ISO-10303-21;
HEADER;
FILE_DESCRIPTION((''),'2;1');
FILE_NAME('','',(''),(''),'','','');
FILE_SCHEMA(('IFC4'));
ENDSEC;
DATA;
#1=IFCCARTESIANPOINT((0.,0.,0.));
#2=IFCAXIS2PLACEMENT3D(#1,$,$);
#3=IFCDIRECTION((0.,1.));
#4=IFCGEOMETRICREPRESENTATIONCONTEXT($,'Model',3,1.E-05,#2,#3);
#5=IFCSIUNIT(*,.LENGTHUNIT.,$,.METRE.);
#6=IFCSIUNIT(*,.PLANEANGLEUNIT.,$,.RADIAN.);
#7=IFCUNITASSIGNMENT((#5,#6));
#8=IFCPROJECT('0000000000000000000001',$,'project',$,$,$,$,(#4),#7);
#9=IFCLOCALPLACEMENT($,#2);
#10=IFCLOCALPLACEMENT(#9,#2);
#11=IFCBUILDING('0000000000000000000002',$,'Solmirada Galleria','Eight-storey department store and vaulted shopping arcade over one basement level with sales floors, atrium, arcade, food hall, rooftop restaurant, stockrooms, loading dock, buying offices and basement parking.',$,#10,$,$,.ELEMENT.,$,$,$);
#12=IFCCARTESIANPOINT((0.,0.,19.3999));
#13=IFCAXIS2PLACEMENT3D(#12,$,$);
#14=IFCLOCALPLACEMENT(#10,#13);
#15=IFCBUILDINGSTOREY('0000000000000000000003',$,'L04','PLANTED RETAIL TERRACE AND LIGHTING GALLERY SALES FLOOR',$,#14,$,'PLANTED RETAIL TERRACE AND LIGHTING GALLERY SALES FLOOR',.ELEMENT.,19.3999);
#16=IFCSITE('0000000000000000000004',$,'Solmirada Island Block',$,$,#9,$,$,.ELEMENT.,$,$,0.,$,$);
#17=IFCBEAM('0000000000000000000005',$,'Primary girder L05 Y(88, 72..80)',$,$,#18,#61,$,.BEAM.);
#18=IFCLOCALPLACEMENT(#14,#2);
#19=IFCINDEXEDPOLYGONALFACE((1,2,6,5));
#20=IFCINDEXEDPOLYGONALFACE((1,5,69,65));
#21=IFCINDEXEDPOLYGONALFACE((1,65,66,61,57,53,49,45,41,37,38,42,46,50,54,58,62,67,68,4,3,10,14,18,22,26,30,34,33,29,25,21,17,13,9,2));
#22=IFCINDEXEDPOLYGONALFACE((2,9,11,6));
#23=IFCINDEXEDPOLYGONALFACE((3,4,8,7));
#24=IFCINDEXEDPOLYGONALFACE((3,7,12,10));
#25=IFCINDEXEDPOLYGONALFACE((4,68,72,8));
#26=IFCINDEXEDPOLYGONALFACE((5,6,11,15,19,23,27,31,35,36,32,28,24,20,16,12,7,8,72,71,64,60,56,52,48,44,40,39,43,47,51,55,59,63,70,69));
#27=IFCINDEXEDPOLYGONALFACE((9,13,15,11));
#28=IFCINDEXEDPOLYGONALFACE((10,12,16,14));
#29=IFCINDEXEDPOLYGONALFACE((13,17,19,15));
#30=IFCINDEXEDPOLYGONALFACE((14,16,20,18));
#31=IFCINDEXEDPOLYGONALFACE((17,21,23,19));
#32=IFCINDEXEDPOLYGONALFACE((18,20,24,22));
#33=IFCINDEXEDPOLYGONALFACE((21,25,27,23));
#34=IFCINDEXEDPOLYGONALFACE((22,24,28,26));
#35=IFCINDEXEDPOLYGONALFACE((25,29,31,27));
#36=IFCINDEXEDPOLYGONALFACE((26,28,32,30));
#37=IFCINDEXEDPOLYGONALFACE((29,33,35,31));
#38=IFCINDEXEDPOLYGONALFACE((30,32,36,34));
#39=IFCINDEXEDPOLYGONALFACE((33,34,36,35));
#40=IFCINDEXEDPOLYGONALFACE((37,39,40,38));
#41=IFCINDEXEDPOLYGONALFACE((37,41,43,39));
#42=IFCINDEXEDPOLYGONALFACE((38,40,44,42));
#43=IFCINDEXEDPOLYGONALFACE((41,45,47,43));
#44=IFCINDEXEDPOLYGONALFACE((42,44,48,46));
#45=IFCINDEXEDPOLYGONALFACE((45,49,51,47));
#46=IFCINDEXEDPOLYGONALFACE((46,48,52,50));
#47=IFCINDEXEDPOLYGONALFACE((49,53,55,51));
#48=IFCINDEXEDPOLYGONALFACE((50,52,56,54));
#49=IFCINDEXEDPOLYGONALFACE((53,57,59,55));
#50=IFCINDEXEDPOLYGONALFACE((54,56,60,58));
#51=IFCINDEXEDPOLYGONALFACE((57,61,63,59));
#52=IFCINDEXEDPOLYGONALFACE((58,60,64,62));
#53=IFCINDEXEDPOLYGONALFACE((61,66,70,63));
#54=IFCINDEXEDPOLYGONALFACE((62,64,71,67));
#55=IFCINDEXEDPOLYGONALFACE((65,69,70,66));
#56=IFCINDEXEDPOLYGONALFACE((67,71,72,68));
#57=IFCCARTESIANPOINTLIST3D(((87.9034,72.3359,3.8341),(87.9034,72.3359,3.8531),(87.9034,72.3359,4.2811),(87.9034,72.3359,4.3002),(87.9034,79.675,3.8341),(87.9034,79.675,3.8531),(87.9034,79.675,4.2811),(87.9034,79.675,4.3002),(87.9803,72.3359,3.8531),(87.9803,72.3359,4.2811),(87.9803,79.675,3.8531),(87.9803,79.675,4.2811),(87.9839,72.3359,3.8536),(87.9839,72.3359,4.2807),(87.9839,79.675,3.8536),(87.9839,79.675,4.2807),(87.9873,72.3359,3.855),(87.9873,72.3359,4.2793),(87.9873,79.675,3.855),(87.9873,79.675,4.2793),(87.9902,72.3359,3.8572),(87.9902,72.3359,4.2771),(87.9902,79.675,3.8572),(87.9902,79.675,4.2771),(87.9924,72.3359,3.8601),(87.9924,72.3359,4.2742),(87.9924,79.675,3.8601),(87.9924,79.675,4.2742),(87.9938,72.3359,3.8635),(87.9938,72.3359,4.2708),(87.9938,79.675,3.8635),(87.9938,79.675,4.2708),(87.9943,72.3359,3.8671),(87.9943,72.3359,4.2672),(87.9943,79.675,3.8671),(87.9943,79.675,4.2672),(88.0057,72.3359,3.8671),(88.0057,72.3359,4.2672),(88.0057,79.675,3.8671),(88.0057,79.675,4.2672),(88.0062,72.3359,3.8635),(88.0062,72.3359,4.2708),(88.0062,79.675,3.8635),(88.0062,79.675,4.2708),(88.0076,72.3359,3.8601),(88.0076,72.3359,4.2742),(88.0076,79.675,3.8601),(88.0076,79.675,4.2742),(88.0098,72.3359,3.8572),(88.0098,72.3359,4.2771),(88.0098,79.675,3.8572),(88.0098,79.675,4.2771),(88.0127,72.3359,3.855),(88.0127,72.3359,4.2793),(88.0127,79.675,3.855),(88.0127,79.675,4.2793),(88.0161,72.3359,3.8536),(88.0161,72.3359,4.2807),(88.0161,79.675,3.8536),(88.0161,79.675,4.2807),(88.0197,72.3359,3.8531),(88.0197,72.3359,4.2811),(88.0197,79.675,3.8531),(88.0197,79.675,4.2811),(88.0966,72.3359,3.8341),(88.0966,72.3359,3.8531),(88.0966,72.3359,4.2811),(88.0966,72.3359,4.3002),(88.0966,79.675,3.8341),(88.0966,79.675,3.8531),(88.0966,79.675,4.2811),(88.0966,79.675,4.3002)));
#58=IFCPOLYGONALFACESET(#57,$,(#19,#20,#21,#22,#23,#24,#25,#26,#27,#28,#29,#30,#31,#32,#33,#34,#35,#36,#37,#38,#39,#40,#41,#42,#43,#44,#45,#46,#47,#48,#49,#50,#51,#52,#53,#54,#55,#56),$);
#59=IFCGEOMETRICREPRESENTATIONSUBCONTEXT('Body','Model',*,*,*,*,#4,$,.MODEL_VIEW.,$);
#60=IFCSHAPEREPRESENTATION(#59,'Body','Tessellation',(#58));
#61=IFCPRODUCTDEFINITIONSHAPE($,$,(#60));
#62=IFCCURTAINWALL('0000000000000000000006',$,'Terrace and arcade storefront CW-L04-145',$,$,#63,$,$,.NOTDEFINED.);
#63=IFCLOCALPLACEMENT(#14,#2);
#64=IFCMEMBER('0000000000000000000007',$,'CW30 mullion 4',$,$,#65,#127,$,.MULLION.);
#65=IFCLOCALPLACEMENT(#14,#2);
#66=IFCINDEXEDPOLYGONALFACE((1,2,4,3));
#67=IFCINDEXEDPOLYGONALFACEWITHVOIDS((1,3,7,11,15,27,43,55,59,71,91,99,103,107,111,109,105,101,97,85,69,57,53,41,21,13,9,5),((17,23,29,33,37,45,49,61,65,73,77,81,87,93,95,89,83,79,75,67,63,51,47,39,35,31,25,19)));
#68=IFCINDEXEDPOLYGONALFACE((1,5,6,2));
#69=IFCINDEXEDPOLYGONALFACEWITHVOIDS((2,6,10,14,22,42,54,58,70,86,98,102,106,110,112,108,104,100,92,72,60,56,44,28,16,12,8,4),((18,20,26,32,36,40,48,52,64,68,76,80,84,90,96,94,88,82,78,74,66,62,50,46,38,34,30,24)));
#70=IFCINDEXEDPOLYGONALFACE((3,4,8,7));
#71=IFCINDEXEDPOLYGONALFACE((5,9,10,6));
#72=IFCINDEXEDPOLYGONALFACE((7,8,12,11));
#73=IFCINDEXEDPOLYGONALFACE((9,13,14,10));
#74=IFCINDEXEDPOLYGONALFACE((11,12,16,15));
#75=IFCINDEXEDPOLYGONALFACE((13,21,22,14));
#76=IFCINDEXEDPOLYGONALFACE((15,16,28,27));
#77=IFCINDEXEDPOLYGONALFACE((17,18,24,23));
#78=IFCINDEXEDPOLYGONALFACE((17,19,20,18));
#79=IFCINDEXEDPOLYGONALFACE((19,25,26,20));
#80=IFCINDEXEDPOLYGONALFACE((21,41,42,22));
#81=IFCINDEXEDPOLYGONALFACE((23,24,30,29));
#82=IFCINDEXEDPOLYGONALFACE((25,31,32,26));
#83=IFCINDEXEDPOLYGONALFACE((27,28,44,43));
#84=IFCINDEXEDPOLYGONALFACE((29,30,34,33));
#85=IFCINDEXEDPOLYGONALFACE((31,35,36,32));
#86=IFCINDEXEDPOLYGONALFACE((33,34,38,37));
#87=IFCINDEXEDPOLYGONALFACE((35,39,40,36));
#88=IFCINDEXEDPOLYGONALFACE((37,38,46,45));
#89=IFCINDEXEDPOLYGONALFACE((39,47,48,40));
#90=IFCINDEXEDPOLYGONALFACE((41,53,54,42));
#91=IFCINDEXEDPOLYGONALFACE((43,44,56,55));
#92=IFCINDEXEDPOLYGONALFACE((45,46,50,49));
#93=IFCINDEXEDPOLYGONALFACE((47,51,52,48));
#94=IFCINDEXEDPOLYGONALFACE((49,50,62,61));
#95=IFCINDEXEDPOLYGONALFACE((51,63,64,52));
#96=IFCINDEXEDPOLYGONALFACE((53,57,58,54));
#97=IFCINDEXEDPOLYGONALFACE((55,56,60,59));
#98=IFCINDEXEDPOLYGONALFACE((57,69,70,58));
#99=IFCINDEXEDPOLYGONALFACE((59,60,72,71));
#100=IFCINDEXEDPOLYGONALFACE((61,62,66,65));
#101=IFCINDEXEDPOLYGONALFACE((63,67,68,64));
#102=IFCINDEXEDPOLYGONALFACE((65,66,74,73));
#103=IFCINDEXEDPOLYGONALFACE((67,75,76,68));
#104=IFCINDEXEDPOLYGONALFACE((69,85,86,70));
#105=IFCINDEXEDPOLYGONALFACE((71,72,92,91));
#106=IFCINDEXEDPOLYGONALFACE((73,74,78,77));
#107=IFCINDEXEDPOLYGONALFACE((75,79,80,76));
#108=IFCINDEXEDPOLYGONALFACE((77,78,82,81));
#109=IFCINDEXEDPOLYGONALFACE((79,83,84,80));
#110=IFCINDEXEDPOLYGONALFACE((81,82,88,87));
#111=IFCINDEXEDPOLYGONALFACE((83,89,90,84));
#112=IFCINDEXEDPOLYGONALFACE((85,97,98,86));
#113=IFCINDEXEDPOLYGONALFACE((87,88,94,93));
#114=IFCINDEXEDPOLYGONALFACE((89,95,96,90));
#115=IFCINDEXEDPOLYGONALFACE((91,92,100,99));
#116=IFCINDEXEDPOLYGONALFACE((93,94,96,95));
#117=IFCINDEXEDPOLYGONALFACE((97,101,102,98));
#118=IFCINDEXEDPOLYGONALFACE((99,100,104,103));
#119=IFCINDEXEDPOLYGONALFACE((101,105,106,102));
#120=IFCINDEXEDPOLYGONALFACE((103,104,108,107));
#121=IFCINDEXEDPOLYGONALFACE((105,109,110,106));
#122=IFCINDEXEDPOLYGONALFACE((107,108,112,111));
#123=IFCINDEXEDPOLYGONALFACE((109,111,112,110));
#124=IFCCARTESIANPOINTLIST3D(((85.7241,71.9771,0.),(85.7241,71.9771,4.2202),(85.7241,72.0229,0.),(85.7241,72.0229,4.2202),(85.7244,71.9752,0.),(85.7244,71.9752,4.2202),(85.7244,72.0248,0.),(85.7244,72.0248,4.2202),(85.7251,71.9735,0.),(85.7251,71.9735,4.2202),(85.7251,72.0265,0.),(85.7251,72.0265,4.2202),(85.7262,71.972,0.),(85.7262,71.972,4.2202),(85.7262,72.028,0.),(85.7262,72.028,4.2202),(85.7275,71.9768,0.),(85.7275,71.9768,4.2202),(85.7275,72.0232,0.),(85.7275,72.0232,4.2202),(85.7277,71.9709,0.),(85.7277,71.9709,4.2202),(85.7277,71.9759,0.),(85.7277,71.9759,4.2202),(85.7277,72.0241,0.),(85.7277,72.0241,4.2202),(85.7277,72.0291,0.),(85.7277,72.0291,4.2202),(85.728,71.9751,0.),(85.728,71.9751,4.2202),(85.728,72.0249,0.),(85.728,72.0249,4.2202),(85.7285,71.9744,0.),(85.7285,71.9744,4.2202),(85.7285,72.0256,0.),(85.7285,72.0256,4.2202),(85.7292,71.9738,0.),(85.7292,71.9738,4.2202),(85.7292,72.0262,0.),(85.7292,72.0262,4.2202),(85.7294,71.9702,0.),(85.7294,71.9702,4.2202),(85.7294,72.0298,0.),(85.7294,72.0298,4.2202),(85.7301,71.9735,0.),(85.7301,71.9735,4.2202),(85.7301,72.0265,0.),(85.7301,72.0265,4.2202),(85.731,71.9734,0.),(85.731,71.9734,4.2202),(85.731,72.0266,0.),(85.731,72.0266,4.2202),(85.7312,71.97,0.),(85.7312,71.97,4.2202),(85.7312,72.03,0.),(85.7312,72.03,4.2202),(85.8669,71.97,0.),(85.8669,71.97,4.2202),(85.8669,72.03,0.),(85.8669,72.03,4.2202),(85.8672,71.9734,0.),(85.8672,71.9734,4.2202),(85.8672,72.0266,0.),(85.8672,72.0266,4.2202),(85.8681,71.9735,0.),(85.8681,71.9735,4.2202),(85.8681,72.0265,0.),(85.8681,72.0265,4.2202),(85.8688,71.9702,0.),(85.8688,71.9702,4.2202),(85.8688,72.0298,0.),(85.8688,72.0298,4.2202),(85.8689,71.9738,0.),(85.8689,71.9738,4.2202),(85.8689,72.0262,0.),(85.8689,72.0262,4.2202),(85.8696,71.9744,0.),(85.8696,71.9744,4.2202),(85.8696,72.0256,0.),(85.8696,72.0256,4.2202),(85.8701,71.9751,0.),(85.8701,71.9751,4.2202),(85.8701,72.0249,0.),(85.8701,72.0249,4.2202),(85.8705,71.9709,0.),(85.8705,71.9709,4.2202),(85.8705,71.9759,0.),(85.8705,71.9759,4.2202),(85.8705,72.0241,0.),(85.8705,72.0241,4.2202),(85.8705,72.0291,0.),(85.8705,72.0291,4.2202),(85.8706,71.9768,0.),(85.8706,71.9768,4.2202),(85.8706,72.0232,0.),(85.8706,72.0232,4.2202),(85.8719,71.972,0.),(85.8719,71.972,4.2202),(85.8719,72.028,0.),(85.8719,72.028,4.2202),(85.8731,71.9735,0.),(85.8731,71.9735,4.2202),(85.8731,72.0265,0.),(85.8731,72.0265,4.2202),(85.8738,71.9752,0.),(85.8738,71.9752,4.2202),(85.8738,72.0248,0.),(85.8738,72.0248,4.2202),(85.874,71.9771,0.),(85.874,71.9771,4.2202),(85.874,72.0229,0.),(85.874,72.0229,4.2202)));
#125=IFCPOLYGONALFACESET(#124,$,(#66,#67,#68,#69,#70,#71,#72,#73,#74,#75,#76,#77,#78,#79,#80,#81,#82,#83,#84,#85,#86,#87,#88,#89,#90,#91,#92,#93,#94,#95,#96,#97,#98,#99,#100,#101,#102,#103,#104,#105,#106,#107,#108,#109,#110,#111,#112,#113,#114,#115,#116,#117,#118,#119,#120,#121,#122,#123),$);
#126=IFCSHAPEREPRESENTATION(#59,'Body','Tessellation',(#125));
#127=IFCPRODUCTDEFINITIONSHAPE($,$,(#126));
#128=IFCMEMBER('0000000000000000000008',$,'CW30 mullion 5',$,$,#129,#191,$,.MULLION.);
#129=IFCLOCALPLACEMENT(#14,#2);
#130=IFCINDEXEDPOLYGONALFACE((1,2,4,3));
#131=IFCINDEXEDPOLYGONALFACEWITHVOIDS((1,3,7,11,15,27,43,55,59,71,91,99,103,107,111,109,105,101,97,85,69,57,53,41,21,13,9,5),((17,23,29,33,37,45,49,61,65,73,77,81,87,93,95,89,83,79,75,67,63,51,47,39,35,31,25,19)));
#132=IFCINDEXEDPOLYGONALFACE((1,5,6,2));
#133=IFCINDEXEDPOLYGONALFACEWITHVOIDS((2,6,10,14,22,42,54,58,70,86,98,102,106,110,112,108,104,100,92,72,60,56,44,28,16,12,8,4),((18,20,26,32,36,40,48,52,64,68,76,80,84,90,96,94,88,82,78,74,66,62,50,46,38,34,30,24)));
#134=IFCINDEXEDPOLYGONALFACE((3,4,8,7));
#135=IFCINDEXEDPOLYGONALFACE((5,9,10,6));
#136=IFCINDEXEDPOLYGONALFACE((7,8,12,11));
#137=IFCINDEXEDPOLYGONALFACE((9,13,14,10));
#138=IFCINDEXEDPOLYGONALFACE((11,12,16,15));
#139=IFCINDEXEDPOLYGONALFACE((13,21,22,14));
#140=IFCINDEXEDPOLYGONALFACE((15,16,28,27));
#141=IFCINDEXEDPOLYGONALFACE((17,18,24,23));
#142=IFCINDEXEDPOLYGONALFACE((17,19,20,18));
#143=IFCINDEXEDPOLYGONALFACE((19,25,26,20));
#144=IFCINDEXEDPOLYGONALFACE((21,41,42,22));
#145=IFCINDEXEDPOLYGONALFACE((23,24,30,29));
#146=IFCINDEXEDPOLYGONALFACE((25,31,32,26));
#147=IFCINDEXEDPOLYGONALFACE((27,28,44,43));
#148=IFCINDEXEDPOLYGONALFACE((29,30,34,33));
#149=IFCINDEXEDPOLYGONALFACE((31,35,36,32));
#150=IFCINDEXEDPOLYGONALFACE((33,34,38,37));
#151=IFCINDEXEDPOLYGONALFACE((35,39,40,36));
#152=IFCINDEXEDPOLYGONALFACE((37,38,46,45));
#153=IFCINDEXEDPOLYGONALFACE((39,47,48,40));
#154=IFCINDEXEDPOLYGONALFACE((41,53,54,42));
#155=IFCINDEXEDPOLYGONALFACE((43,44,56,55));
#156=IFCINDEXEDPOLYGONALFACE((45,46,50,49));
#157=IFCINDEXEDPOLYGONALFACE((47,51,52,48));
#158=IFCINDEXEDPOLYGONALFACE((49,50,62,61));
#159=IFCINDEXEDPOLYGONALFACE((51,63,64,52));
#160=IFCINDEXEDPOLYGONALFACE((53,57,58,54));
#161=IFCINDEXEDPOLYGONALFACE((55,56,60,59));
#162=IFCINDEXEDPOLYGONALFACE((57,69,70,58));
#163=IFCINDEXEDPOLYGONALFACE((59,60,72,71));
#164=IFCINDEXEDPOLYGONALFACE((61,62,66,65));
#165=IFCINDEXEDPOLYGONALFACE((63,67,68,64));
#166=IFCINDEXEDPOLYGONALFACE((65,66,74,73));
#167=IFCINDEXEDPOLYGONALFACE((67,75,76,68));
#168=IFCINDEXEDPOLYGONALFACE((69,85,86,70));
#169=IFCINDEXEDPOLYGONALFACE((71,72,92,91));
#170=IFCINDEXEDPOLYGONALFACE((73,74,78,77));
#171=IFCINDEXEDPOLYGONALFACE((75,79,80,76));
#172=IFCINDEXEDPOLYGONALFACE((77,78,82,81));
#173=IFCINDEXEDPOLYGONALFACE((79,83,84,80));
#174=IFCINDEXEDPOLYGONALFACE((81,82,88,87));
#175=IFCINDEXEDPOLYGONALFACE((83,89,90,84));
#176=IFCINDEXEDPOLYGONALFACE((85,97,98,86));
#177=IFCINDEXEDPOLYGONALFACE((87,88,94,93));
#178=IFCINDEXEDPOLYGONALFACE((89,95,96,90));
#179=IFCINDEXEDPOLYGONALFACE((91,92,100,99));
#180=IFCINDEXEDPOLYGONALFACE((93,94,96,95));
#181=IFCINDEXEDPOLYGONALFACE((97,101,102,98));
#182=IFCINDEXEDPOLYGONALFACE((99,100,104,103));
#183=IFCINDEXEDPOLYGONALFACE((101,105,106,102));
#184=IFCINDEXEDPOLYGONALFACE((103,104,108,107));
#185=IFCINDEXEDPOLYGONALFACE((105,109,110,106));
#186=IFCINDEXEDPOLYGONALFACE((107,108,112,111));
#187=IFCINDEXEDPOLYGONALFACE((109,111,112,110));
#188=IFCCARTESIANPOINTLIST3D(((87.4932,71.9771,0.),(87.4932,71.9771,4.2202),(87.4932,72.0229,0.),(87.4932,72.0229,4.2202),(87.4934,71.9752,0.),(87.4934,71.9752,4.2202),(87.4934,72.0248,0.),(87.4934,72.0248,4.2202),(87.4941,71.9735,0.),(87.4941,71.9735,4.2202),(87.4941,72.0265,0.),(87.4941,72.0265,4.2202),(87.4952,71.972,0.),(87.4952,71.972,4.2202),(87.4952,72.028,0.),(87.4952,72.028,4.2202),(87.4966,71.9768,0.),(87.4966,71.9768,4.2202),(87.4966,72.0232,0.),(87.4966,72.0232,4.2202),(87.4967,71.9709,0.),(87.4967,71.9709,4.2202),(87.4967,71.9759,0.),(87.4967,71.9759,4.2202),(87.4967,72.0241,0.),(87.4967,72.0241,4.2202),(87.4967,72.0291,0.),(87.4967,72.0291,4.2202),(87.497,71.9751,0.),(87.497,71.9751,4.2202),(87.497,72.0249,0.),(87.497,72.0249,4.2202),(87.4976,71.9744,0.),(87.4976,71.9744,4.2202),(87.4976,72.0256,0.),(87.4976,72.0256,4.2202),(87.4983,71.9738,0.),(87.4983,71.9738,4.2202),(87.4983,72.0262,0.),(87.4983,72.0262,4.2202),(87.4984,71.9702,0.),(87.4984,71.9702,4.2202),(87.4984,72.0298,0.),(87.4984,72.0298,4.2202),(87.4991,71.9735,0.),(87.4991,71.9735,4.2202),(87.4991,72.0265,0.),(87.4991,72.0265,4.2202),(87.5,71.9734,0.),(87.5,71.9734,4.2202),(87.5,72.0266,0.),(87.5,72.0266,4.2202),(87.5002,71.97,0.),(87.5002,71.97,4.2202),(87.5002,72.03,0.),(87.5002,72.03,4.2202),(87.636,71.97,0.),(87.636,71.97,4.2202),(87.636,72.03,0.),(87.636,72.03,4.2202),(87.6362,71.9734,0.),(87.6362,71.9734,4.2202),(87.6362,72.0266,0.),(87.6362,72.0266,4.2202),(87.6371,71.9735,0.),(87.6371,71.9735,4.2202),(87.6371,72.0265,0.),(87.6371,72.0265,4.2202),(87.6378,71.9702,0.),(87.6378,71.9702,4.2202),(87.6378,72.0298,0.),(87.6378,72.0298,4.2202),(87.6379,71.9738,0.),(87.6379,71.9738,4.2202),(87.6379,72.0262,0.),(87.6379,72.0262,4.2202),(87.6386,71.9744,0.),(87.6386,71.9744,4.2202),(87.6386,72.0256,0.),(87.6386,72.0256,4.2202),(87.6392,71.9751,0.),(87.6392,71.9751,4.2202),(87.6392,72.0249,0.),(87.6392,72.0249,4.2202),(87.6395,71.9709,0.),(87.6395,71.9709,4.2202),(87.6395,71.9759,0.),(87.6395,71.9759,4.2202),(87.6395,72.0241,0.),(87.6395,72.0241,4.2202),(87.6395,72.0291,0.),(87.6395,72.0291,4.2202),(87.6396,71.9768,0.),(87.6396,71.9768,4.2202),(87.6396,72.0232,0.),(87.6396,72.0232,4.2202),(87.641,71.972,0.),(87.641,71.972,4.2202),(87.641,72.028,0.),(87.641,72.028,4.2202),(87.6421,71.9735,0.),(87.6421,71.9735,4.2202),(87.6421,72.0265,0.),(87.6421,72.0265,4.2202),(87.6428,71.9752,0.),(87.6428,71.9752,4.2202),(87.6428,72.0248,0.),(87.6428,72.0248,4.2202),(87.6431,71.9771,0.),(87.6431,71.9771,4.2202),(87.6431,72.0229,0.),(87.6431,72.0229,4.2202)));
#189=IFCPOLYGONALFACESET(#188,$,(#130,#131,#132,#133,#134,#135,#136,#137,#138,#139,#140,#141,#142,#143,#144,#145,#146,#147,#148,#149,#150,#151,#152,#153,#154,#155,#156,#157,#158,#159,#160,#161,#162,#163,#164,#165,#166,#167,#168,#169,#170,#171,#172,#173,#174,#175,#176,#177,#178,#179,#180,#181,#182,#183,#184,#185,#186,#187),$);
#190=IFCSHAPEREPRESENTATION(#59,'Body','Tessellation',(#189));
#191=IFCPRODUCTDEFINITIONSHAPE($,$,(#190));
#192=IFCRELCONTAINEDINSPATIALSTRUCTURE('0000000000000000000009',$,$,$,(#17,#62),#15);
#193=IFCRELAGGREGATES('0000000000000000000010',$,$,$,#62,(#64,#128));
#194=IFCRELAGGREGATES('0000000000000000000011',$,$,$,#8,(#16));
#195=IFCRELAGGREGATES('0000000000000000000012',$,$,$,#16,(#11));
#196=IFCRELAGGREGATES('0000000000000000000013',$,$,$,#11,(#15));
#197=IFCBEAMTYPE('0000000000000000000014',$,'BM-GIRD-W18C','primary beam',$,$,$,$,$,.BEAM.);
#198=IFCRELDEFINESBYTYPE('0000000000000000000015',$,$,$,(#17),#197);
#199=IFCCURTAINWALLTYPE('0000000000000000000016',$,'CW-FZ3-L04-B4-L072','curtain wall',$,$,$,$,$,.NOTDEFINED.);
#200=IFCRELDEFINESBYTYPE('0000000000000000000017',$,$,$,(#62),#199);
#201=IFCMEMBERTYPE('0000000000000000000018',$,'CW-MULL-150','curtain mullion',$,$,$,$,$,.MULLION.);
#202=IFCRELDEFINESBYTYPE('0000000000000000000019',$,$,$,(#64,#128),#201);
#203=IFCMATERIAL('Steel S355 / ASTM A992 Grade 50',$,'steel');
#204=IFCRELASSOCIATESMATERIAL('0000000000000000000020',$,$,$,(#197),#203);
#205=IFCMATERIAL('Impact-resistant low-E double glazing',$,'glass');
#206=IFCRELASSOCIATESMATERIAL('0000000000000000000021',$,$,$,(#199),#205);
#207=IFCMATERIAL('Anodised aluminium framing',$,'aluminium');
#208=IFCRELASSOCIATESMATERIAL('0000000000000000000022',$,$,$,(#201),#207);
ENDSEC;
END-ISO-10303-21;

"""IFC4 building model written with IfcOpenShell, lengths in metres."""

from ifc_helpers import new_model, si_unit, direction, frame, origin, origin_2d, place, context, subcontext, project, spatial, hollow_rectangle, i_section, extrude, material, material_profile, profile_set, type_object, element, aggregate, save


model = new_model("IFC4")

# Units and contexts
model_context = context("Model", 3, precision=1e-05, world=origin(), true_north=direction((0.0, 1.0)))
body_context = subcontext(model_context, "Body", "Model", "MODEL_VIEW")
ifc_project = project(units=[si_unit("LENGTHUNIT", "METRE"), si_unit("PLANEANGLEUNIT", "RADIAN")], contexts=[model_context])

# Site, building, storey
site_placement = place(None, origin())
site = spatial("IfcSite", under=ifc_project, at=site_placement, Name="Solmirada Island Block", CompositionType="ELEMENT", RefElevation=0.0)
building_placement = place(site_placement, origin())
building = spatial("IfcBuilding", under=site, at=building_placement, Name="Solmirada Galleria", Description="Eight-storey department store and vaulted shopping arcade over one basement level with sales floors, atrium, arcade, food hall, rooftop restaurant, stockrooms, loading dock, buying offices and basement parking.", CompositionType="ELEMENT")
storey_placement = place(building_placement, frame((0.0, 0.0, 19.3999)))
storey = spatial("IfcBuildingStorey", under=building, at=storey_placement, Name="L04", Description="PLANTED RETAIL TERRACE AND LIGHTING GALLERY SALES FLOOR", LongName="PLANTED RETAIL TERRACE AND LIGHTING GALLERY SALES FLOOR", CompositionType="ELEMENT", Elevation=19.3999)

# Beam
ifc_material_1 = material(Name="Steel S355 / ASTM A992 Grade 50", Category="steel")
ifc_material_profile_1 = material_profile(ifc_material_1, i_section(OverallWidth=0.1931, OverallDepth=0.4661, WebThickness=0.0115, FlangeThickness=0.019, FilletRadius=0.0139, at=origin_2d()), Name="W18X65")
ifc_profile_set_1 = profile_set([ifc_material_profile_1], Name="Steel S355 / ASTM A992 Grade 50")
beam_type_1 = type_object("IfcBeamType", Name="BM-GIRD-W18C", Description="primary beam", PredefinedType="BEAM", material=ifc_profile_set_1)
beam_placement = place(storey_placement, frame((88.0, 72.3359, 4.0671), z_axis=(0.0, 1.0, 0.0), x_axis=(-1.0, 0.0, 0.0)))
element("IfcBeam", 1, at=beam_placement, inside=storey, type_object=beam_type_1, Name="Primary girder L05 Y(88, 72..80)", PredefinedType="BEAM", context=body_context, shape_type="SweptSolid", body=[
    extrude(i_section(OverallWidth=0.1931, OverallDepth=0.4661, WebThickness=0.0115, FlangeThickness=0.019, FilletRadius=0.0139, at=origin_2d()), origin(), (0.0, 0.0, 1.0), 7.3391),
])

# Curtain wall, members
ifc_material_2 = material(Name="Impact-resistant low-E double glazing", Category="glass")
curtain_wall_type = type_object("IfcCurtainWallType", Name="CW-FZ3-L04-B4-L072", Description="curtain wall", PredefinedType="NOTDEFINED", material=ifc_material_2)
curtain_wall_1_placement = place(storey_placement, origin())
curtain_wall_1 = element("IfcCurtainWall", 2, at=curtain_wall_1_placement, inside=storey, type_object=curtain_wall_type, Name="Terrace and arcade storefront CW-L04-145", PredefinedType="NOTDEFINED")
ifc_material_3 = material(Name="Anodised aluminium framing", Category="aluminium")
ifc_material_profile_2 = material_profile(ifc_material_3, hollow_rectangle(XDim=0.0601, YDim=0.1499, WallThickness=0.0034, InnerFilletRadius=0.0034, OuterFilletRadius=0.0071, at=origin_2d()), Name="ALU-MULL-150X60")
ifc_profile_set_2 = profile_set([ifc_material_profile_2], Name="Anodised aluminium framing")
member_type_1 = type_object("IfcMemberType", Name="CW-MULL-150", Description="curtain mullion", PredefinedType="MULLION", material=ifc_profile_set_2)
member_1_placement = place(storey_placement, frame((85.7991, 72.0, 0.0), z_axis=(0.0, 0.0, 1.0), x_axis=(0.0, 1.0, 0.0)))
member_1 = element("IfcMember", 3, at=member_1_placement, type_object=member_type_1, Name="CW30 mullion 4", PredefinedType="MULLION", context=body_context, shape_type="SweptSolid", body=[
    extrude(hollow_rectangle(XDim=0.0601, YDim=0.1499, WallThickness=0.0034, InnerFilletRadius=0.0034, OuterFilletRadius=0.0071, at=origin_2d()), origin(), (0.0, 0.0, 1.0), 4.2202),
])
member_2_placement = place(storey_placement, frame((87.5681, 72.0, 0.0), z_axis=(0.0, 0.0, 1.0), x_axis=(0.0, 1.0, 0.0)))
member_2 = element("IfcMember", 4, at=member_2_placement, type_object=member_type_1, Name="CW30 mullion 5", PredefinedType="MULLION", context=body_context, shape_type="SweptSolid", body=[
    extrude(hollow_rectangle(XDim=0.0601, YDim=0.1499, WallThickness=0.0034, InnerFilletRadius=0.0034, OuterFilletRadius=0.0071, at=origin_2d()), origin(), (0.0, 0.0, 1.0), 4.2202),
])

aggregate(curtain_wall_1, [member_1, member_2])

save(model, "model.ifc")
